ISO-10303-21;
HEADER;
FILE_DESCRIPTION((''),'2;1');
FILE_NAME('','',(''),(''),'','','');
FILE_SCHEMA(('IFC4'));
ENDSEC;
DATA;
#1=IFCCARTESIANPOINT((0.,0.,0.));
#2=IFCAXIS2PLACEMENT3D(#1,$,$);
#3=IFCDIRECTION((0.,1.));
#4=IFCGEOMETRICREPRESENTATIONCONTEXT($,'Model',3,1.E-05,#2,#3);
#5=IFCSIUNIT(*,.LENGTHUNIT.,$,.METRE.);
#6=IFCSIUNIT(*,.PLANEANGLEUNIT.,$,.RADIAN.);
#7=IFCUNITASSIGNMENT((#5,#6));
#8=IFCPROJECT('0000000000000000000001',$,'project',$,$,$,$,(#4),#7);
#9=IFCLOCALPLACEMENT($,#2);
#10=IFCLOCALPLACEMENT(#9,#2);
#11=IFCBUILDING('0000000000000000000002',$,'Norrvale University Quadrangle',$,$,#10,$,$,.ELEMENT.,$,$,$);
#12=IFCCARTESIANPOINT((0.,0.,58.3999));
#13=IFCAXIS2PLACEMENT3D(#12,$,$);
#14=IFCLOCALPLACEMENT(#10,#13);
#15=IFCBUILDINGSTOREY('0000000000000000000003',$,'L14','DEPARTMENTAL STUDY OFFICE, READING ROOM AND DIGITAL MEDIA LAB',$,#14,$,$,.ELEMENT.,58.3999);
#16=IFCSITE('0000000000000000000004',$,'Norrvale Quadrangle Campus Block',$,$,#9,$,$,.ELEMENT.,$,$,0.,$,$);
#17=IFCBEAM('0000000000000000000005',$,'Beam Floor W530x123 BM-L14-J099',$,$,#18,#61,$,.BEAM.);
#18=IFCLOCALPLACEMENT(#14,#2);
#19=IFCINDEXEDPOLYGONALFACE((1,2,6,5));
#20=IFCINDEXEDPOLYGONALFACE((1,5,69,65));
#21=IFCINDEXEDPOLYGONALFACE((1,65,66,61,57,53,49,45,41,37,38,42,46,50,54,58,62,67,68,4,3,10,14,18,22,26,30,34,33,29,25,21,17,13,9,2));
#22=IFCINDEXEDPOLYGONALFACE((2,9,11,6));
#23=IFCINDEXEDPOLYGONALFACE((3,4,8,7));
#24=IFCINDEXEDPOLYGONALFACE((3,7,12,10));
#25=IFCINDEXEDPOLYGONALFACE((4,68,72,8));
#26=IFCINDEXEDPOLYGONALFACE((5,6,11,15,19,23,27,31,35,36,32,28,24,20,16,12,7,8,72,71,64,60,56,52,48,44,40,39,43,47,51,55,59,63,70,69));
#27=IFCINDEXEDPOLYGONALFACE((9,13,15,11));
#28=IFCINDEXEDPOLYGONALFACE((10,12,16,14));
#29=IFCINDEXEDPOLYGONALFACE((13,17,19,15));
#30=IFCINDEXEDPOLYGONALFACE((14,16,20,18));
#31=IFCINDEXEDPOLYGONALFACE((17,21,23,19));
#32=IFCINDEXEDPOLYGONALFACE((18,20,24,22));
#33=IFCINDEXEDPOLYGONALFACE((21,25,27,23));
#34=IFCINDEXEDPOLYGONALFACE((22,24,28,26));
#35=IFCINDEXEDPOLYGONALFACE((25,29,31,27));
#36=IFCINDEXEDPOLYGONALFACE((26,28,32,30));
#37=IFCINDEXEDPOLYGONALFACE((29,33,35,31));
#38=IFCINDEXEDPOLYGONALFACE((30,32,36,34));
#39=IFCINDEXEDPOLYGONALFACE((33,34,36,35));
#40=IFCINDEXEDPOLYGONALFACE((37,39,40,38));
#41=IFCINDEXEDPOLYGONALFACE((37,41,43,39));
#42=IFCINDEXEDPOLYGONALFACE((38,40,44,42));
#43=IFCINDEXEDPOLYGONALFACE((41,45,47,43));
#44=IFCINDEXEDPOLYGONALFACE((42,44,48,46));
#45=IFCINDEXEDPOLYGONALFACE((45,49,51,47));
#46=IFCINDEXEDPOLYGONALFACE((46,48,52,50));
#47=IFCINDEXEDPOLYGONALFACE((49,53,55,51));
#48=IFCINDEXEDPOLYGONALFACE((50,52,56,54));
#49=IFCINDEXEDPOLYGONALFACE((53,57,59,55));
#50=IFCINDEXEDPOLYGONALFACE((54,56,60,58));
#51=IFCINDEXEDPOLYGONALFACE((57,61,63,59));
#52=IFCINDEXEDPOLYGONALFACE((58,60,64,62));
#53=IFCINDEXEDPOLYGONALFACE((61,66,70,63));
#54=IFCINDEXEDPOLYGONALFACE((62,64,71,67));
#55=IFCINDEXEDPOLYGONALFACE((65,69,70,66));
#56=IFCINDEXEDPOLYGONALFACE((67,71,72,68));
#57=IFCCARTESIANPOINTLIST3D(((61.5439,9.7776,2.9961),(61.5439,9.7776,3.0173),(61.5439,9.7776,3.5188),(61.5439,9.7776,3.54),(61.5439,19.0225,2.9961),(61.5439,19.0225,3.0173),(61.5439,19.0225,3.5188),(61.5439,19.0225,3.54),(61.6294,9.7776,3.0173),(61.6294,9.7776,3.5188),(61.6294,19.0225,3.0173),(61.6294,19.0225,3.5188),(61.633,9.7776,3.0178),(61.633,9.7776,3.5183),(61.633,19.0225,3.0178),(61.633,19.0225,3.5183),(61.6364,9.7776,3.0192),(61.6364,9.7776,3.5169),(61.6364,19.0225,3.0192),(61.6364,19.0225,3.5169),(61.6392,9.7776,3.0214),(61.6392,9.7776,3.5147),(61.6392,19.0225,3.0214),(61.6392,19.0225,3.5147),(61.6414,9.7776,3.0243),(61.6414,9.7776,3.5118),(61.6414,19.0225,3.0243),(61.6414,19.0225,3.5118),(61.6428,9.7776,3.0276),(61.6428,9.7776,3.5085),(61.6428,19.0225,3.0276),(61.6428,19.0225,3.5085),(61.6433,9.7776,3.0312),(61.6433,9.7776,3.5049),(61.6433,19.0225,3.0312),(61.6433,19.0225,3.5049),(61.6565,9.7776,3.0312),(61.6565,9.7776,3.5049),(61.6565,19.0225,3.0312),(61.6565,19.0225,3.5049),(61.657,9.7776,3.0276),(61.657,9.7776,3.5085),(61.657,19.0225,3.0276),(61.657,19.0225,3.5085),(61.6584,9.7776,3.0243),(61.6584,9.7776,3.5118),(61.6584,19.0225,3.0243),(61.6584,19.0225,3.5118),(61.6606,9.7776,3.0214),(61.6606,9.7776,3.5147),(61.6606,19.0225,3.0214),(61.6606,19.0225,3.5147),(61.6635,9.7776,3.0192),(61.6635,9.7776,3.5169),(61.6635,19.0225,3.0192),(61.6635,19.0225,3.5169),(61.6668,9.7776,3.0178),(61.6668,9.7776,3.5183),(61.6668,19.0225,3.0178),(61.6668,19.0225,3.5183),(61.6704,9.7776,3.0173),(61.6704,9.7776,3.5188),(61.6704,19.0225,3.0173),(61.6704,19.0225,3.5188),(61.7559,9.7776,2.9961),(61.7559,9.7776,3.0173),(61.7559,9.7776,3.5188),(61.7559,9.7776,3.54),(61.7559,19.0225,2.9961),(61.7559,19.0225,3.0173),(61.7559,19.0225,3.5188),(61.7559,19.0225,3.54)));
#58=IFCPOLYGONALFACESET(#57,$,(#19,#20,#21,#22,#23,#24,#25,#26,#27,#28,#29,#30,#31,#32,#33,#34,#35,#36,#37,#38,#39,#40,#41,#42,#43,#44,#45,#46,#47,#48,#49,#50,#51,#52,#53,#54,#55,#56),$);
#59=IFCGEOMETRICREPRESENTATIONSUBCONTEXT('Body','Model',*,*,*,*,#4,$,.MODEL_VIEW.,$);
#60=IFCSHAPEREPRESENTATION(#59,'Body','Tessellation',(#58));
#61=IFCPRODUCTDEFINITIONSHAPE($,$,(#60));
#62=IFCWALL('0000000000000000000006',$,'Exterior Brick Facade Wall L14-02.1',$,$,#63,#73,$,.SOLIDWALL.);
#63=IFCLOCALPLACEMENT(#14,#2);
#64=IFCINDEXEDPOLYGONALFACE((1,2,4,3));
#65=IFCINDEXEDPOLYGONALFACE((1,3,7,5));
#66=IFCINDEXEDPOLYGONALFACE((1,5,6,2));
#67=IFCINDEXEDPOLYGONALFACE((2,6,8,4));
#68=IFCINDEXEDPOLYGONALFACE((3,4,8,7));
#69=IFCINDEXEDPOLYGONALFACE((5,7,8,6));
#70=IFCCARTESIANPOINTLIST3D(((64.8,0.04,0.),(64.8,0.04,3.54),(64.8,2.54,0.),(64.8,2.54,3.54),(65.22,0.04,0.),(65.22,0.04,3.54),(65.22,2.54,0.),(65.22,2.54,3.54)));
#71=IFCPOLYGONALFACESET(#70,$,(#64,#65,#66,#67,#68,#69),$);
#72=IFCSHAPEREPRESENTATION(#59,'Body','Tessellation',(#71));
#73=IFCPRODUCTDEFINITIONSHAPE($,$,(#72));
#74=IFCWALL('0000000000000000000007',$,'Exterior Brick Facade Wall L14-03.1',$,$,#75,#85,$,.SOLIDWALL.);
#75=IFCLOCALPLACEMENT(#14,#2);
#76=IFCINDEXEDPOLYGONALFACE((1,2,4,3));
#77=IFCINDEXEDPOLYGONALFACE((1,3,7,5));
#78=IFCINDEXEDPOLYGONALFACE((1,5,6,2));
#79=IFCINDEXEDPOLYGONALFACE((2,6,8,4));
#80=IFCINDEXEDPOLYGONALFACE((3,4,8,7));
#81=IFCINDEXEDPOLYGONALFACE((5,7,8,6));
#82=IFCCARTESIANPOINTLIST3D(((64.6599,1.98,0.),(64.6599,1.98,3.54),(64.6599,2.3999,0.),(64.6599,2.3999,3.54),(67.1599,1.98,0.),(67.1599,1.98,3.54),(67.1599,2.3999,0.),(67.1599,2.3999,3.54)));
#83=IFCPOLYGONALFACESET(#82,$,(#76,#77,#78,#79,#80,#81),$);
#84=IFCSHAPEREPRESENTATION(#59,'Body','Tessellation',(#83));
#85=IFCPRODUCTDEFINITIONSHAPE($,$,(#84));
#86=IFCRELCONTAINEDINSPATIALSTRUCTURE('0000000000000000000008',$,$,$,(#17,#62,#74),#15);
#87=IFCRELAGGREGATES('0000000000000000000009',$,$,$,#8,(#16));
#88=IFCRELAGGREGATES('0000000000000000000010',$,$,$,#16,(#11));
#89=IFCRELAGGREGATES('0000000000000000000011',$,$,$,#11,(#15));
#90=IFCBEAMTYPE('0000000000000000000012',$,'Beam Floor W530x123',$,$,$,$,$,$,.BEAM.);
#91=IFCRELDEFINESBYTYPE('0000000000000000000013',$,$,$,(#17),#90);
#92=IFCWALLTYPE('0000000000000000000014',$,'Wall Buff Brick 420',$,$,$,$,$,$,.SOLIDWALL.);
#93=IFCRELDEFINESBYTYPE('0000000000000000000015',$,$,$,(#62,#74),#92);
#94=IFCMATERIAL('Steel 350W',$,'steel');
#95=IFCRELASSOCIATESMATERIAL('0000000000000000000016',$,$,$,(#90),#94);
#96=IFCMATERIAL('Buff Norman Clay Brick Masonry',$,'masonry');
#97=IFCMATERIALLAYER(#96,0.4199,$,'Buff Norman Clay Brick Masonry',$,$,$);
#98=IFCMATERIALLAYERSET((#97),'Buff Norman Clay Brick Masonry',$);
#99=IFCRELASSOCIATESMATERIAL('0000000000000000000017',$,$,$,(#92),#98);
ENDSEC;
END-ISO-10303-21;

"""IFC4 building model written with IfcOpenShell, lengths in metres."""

from ifc_helpers import new_model, si_unit, direction, frame, frame_2d, origin, origin_2d, place, context, subcontext, project, spatial, rectangle, i_section, extrude, material, layer, layer_set, material_profile, profile_set, type_object, element, save


model = new_model("IFC4")

# Units and contexts
model_context = context("Model", 3, precision=1e-05, world=origin(), true_north=direction((0.0, 1.0)))
body_context = subcontext(model_context, "Body", "Model", "MODEL_VIEW")
ifc_project = project(units=[si_unit("LENGTHUNIT", "METRE"), si_unit("PLANEANGLEUNIT", "RADIAN")], contexts=[model_context])

# Site, building, storey
site_placement = place(None, origin())
site = spatial("IfcSite", under=ifc_project, at=site_placement, Name="Norrvale Quadrangle Campus Block", CompositionType="ELEMENT", RefElevation=0.0)
building_placement = place(site_placement, origin())
building = spatial("IfcBuilding", under=site, at=building_placement, Name="Norrvale University Quadrangle", CompositionType="ELEMENT")
storey_placement = place(building_placement, frame((0.0, 0.0, 58.3999)))
storey = spatial("IfcBuildingStorey", under=building, at=storey_placement, Name="L14", Description="DEPARTMENTAL STUDY OFFICE, READING ROOM AND DIGITAL MEDIA LAB", CompositionType="ELEMENT", Elevation=58.3999)

# Beam
ifc_material_1 = material(Name="Steel 350W", Category="steel")
ifc_material_profile_1 = material_profile(ifc_material_1, i_section(OverallWidth=0.2119, OverallDepth=0.5439, WebThickness=0.0132, FlangeThickness=0.0212, FilletRadius=0.0139, at=origin_2d()), Name="Steel 350W")
ifc_profile_set_1 = profile_set([ifc_material_profile_1], Name="Steel 350W")
beam_type_1 = type_object("IfcBeamType", Name="Beam Floor W530x123", PredefinedType="BEAM", material=ifc_profile_set_1)
for number, where, z_axis, x_axis, name in (
    (1, (61.6499, 9.7776, 3.2681), (0.0, 1.0, 0.0), (-1.0, 0.0, 0.0), "Beam Floor W530x123 BM-L14-J099"),
):
    element("IfcBeam", number, at=place(storey_placement, frame(where, z_axis=z_axis, x_axis=x_axis)), inside=storey, type_object=beam_type_1, Name=name, PredefinedType="BEAM", context=body_context, shape_type="SweptSolid", body=[
        extrude(i_section(OverallWidth=0.2119, OverallDepth=0.5439, WebThickness=0.0132, FlangeThickness=0.0212, FilletRadius=0.0139, at=origin_2d()), origin(), (0.0, 0.0, 1.0), 9.2449),
    ])

# Walls
ifc_material_2 = material(Name="Buff Norman Clay Brick Masonry", Category="masonry")
ifc_layer_1 = layer(ifc_material_2, 0.4199, Name="Buff Norman Clay Brick Masonry")
ifc_layer_set_1 = layer_set([ifc_layer_1], Name="Buff Norman Clay Brick Masonry")
wall_type_1 = type_object("IfcWallType", Name="Wall Buff Brick 420", PredefinedType="SOLIDWALL", material=ifc_layer_set_1)
for number, where, z_axis, x_axis, name in (
    (2, (65.01, 0.04, 0.0), (0.0, 0.0, 1.0), (0.0, 1.0, 0.0), "Exterior Brick Facade Wall L14-02.1"),
    (3, (64.6599, 2.1899, 0.0), (0.0, 0.0, 1.0), (1.0, 0.0, 0.0), "Exterior Brick Facade Wall L14-03.1"),
):
    element("IfcWall", number, at=place(storey_placement, frame(where, z_axis=z_axis, x_axis=x_axis)), inside=storey, type_object=wall_type_1, Name=name, PredefinedType="SOLIDWALL", context=body_context, shape_type="SweptSolid", body=[
        extrude(rectangle(XDim=2.5, YDim=0.4199, at=frame_2d((1.25, 0.0))), origin(), (0.0, 0.0, 1.0), 3.54),
    ])

save(model, "model.ifc")
